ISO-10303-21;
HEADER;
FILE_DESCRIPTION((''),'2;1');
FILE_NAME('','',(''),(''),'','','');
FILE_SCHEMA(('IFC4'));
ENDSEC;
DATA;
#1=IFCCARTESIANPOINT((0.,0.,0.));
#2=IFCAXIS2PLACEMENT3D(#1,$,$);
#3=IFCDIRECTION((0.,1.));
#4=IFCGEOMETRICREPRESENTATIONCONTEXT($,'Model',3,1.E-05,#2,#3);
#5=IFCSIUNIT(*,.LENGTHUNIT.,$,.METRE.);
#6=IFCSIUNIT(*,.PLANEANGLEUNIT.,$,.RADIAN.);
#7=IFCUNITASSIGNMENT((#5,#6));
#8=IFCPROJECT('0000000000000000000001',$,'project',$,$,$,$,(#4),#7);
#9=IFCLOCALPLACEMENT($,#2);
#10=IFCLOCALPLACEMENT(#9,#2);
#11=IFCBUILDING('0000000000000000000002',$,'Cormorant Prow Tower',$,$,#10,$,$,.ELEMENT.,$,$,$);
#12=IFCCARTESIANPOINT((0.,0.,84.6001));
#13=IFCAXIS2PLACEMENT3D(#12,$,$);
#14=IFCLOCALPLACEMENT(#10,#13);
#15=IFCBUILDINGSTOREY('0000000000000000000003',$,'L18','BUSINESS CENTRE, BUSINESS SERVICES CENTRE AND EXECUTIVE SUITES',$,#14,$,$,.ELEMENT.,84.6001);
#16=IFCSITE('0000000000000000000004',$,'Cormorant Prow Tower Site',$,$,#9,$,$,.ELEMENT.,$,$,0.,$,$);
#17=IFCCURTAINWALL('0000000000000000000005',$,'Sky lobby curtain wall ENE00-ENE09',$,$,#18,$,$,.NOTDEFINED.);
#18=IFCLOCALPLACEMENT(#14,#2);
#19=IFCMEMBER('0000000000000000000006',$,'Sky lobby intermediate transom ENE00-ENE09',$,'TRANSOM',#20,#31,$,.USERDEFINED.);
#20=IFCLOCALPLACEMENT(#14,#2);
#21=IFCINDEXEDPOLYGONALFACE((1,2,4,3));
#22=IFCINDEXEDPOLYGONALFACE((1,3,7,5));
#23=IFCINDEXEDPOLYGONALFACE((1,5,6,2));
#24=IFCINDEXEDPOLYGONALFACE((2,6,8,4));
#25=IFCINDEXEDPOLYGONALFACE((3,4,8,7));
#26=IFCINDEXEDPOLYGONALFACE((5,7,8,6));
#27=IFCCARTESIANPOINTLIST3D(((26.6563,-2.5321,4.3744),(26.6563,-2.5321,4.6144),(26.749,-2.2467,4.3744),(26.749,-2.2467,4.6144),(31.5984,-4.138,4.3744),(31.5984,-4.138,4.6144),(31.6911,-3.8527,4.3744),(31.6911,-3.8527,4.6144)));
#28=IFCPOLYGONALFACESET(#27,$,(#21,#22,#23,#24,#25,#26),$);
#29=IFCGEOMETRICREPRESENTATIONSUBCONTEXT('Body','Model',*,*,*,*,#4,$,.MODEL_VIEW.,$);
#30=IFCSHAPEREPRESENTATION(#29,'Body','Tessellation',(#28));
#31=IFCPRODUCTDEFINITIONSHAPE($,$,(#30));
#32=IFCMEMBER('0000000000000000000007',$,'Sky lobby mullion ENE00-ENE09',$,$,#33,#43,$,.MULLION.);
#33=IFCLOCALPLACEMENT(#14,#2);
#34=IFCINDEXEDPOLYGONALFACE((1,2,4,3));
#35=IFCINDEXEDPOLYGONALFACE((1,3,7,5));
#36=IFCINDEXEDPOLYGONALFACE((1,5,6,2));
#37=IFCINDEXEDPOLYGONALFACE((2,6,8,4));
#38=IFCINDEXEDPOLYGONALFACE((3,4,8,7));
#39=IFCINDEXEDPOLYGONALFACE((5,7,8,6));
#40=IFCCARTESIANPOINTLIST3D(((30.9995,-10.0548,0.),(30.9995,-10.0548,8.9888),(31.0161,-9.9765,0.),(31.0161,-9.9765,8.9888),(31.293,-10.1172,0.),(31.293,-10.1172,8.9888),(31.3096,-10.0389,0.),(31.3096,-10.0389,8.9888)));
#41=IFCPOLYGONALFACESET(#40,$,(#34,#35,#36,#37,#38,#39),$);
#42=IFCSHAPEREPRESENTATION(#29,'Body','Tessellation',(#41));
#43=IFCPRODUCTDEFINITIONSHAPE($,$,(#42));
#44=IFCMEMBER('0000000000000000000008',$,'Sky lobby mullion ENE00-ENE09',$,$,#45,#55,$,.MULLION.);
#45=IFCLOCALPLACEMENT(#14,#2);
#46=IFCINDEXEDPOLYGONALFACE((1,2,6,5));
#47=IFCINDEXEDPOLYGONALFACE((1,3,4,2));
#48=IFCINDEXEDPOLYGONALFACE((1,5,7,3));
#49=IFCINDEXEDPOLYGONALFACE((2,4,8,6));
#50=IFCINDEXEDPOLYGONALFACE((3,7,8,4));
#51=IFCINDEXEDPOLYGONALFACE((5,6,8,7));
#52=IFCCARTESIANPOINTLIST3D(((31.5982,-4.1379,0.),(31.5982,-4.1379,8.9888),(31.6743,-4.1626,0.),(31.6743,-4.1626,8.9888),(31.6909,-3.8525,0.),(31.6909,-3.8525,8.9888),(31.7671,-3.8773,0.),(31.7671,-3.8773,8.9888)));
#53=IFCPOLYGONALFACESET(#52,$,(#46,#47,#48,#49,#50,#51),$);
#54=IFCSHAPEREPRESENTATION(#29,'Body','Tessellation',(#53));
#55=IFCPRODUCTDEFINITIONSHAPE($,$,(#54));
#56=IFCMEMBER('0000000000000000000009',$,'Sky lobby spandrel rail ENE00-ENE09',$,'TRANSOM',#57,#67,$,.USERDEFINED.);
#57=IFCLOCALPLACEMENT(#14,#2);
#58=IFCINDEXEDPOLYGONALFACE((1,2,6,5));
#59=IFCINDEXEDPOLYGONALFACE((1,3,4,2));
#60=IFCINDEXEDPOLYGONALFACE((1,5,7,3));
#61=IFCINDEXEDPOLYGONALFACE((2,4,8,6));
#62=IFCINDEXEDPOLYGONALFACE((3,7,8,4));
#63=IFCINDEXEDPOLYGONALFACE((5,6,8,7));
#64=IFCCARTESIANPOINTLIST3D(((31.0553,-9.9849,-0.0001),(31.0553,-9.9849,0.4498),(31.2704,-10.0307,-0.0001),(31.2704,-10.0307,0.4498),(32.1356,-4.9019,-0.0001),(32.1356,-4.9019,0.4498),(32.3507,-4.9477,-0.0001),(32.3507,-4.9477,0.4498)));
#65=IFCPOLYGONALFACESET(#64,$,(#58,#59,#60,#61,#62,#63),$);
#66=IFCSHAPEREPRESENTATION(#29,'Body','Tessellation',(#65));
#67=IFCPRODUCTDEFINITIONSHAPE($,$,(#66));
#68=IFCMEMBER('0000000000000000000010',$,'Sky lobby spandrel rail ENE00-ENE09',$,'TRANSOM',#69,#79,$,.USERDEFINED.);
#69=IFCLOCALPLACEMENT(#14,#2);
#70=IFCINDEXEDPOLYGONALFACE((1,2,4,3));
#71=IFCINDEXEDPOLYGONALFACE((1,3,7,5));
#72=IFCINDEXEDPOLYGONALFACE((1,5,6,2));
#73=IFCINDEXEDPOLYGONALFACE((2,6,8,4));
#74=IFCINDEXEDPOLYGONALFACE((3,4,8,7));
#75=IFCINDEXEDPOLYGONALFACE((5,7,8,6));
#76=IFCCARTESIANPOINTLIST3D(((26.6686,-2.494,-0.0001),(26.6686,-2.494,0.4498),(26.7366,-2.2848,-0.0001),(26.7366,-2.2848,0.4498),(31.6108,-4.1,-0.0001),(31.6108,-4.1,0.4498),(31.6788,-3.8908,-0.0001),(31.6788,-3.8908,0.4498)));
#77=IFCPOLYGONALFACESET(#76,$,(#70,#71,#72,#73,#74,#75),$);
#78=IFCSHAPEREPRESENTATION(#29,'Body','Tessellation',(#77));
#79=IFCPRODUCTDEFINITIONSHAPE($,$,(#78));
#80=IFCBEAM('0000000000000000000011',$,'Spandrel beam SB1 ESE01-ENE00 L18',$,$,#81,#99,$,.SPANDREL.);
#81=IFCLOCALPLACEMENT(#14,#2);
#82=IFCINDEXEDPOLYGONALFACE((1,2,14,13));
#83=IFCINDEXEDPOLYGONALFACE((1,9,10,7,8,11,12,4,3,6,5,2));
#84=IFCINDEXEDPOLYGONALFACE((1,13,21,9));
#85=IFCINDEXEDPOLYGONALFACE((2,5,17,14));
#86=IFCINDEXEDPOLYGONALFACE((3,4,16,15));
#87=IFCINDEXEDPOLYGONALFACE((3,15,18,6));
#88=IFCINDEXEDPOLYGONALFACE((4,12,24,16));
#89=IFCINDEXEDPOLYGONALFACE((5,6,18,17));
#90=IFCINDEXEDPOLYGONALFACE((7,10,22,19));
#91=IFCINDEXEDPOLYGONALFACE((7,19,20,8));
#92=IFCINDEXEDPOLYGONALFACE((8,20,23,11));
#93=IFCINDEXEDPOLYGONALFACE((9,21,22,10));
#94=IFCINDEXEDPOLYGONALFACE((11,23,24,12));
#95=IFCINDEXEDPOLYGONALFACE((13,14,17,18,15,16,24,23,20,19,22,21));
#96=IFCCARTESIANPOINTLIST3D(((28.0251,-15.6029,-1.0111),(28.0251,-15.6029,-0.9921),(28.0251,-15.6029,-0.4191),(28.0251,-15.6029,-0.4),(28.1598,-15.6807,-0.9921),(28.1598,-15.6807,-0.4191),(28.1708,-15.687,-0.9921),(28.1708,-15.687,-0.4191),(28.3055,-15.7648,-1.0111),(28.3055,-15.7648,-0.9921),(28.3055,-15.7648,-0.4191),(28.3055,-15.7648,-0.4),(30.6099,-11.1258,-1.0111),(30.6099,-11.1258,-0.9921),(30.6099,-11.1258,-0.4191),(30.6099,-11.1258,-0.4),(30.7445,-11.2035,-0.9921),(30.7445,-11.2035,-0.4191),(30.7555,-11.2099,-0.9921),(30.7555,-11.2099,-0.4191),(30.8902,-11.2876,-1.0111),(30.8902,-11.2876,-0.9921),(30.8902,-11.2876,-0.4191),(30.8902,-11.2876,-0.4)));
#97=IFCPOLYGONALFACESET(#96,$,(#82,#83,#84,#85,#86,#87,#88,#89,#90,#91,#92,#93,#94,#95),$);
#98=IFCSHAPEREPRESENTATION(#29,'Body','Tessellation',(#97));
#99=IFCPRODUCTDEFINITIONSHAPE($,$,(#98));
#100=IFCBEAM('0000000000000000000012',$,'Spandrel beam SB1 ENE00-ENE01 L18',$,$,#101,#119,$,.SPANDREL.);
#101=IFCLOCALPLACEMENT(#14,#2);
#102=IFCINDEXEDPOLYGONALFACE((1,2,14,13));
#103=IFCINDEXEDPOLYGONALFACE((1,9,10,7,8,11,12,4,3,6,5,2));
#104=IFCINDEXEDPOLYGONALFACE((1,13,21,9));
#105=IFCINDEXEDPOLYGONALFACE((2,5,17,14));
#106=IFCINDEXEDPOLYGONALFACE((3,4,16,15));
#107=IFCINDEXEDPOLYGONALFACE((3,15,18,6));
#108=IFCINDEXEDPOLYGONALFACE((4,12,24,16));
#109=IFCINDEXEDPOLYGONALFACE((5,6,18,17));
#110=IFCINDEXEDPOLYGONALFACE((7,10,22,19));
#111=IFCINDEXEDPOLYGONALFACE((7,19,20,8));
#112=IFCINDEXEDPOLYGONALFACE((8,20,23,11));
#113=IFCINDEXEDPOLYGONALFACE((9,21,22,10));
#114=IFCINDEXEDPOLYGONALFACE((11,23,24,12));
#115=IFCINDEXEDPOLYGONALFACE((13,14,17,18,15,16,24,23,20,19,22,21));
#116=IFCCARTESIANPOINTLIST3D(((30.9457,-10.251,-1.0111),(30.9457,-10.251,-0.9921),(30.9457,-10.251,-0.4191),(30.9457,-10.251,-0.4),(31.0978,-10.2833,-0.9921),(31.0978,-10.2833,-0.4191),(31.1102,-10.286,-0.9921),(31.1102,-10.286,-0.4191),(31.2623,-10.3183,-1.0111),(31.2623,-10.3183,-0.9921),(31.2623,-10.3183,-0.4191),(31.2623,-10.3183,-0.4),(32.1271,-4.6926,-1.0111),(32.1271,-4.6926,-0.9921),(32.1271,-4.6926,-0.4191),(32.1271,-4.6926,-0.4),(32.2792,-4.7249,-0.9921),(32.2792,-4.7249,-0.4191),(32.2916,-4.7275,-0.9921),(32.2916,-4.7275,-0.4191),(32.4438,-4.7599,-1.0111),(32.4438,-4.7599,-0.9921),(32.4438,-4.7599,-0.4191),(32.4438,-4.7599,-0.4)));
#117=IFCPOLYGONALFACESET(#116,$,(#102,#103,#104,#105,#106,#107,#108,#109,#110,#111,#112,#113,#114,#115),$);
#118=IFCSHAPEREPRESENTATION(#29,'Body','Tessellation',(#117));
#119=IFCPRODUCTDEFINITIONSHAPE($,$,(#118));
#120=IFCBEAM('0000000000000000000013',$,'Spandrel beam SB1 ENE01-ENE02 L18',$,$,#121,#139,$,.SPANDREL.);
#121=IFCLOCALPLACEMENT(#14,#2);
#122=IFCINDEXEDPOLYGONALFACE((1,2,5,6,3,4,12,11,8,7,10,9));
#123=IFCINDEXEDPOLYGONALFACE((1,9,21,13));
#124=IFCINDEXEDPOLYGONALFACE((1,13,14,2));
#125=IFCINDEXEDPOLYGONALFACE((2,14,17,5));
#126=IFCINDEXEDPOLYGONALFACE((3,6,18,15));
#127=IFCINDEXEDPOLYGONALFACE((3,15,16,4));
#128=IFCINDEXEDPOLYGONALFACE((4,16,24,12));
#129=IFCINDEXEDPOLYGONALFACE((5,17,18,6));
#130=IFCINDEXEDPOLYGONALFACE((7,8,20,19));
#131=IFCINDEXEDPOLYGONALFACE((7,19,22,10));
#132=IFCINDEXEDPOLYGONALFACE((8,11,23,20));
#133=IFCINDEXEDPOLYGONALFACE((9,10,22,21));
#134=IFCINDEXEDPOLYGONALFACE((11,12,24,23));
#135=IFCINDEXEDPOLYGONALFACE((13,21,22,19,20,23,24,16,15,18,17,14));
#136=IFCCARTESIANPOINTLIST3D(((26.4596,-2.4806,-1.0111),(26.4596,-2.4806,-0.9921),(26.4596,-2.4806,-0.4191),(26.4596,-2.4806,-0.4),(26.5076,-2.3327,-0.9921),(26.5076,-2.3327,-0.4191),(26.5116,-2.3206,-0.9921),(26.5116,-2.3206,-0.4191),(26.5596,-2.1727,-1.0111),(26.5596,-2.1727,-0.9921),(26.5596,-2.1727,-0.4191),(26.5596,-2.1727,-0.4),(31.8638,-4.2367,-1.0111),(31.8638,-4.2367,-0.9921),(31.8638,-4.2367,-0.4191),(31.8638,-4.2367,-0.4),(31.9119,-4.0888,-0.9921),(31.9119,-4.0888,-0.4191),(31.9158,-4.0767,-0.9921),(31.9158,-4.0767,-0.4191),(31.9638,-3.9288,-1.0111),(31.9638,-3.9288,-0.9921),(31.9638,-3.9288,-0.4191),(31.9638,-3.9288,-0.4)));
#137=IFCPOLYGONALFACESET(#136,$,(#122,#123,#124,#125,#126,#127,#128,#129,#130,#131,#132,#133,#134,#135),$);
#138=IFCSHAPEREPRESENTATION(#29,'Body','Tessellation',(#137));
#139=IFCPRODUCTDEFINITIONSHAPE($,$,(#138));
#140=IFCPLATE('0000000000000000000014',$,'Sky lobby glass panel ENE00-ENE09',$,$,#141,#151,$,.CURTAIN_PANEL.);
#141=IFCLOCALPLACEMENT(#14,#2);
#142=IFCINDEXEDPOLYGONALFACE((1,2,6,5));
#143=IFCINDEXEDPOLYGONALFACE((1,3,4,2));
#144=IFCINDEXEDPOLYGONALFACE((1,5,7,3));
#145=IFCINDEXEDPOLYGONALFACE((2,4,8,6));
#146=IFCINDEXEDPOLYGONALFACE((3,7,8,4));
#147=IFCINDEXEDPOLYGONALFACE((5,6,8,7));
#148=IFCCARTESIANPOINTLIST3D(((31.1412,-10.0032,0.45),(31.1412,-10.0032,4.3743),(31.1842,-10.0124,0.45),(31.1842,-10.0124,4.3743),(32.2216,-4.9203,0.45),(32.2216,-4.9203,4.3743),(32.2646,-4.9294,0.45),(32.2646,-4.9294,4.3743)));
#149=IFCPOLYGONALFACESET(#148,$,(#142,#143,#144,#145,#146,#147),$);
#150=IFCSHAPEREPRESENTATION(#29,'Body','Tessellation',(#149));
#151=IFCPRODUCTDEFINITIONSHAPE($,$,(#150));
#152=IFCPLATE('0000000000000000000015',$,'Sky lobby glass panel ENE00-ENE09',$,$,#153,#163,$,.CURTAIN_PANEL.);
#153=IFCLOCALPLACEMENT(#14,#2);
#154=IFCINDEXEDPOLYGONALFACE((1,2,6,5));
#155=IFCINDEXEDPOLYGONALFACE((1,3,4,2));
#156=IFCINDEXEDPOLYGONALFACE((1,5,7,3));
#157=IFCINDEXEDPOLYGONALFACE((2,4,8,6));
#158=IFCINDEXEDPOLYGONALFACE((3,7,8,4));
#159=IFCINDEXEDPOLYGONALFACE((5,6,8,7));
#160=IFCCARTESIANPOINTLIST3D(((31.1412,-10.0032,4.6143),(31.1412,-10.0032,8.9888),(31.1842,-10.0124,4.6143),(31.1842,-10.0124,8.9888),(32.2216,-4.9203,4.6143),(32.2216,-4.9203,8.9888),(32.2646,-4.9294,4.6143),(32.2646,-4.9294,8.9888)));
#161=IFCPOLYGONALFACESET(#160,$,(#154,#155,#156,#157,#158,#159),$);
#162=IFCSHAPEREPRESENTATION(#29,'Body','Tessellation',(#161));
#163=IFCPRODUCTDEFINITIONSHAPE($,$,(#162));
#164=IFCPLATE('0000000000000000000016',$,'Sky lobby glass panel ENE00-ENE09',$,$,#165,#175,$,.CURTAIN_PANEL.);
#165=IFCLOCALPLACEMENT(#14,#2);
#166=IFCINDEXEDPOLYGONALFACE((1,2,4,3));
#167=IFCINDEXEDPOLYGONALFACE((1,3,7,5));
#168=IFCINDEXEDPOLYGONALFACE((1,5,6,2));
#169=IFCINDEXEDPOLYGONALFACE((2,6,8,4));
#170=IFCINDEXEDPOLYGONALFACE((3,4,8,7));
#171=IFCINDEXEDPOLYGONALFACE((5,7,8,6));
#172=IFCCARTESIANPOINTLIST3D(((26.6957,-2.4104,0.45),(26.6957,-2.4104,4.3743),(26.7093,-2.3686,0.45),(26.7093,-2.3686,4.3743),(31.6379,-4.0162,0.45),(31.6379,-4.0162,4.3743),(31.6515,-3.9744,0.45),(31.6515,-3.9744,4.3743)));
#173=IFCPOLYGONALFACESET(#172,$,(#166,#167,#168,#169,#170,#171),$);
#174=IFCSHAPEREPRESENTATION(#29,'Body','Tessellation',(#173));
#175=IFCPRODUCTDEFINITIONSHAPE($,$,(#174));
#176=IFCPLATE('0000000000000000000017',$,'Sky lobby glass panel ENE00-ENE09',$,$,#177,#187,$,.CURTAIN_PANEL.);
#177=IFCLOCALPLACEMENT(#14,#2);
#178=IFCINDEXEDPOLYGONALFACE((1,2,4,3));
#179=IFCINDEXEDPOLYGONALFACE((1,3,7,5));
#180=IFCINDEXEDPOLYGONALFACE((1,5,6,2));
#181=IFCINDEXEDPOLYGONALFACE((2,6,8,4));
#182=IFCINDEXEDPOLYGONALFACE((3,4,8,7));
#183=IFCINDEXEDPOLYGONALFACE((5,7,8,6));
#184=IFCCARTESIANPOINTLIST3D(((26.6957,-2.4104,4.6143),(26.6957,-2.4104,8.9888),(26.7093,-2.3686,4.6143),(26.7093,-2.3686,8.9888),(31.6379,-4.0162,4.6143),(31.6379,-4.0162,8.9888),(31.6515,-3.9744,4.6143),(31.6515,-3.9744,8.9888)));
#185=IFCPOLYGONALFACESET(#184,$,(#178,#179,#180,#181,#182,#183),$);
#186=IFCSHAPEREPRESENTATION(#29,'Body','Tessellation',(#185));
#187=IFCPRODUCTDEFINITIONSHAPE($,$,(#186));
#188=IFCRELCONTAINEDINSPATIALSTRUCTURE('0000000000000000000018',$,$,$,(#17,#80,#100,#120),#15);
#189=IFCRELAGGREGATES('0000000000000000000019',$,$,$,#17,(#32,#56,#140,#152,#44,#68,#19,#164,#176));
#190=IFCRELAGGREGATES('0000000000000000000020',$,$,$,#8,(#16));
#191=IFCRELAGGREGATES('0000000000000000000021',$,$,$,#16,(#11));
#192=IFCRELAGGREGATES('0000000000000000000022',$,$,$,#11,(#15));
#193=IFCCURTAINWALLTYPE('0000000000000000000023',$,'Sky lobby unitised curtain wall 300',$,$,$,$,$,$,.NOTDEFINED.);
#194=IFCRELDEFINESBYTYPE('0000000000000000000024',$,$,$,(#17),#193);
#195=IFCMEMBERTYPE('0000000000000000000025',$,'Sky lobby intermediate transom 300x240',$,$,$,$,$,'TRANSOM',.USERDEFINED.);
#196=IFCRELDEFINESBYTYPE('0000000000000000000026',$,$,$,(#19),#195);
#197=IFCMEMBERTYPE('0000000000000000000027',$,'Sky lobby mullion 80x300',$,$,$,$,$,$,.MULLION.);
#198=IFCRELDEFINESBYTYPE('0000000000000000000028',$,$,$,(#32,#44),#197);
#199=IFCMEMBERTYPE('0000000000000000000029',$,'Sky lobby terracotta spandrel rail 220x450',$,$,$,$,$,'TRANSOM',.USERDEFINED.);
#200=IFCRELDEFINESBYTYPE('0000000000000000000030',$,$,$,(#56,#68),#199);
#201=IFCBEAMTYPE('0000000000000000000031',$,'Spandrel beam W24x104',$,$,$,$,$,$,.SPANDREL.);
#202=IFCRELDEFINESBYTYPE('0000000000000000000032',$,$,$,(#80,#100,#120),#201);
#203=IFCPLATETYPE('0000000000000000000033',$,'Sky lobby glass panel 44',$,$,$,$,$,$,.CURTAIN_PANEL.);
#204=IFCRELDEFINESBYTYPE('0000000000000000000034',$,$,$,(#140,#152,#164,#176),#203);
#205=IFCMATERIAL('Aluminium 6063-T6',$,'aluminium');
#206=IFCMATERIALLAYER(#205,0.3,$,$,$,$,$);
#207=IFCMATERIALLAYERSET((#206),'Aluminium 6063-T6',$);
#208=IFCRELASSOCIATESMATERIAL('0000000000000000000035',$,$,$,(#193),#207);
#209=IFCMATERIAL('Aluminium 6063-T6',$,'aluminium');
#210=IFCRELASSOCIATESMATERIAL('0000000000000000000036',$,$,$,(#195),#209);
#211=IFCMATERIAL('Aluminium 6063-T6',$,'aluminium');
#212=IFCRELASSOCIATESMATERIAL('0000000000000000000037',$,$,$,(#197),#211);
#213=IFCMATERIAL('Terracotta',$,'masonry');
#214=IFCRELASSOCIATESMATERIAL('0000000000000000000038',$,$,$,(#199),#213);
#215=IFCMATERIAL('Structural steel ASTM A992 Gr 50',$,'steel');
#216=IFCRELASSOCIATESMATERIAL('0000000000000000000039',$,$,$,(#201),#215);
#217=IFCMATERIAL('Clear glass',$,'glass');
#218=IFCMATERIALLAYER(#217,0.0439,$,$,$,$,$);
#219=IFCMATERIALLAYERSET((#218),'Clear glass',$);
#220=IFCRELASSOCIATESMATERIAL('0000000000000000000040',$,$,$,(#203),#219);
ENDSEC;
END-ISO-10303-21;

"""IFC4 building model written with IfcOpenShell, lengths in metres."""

from ifc_helpers import new_model, si_unit, direction, frame, origin, origin_2d, place, context, subcontext, project, spatial, rectangle, i_section, extrude, material, layer, layer_set, material_profile, profile_set, type_object, element, aggregate, save


model = new_model("IFC4")

# Units and contexts
model_context = context("Model", 3, precision=1e-05, world=origin(), true_north=direction((0.0, 1.0)))
body_context = subcontext(model_context, "Body", "Model", "MODEL_VIEW")
ifc_project = project(units=[si_unit("LENGTHUNIT", "METRE"), si_unit("PLANEANGLEUNIT", "RADIAN")], contexts=[model_context])

# Site, building, storey
site_placement = place(None, origin())
site = spatial("IfcSite", under=ifc_project, at=site_placement, Name="Cormorant Prow Tower Site", CompositionType="ELEMENT", RefElevation=0.0)
building_placement = place(site_placement, origin())
building = spatial("IfcBuilding", under=site, at=building_placement, Name="Cormorant Prow Tower", CompositionType="ELEMENT")
storey_placement = place(building_placement, frame((0.0, 0.0, 84.6001)))
storey = spatial("IfcBuildingStorey", under=building, at=storey_placement, Name="L18", Description="BUSINESS CENTRE, BUSINESS SERVICES CENTRE AND EXECUTIVE SUITES", CompositionType="ELEMENT", Elevation=84.6001)

# Curtain wall, members
ifc_material_1 = material(Name="Aluminium 6063-T6", Category="aluminium")
ifc_layer_1 = layer(ifc_material_1, 0.3)
ifc_layer_set_1 = layer_set([ifc_layer_1], Name="Aluminium 6063-T6")
curtain_wall_type = type_object("IfcCurtainWallType", Name="Sky lobby unitised curtain wall 300", PredefinedType="NOTDEFINED", material=ifc_layer_set_1)
curtain_wall_placement = place(storey_placement, origin())
curtain_wall = element("IfcCurtainWall", 1, at=curtain_wall_placement, inside=storey, type_object=curtain_wall_type, Name="Sky lobby curtain wall ENE00-ENE09", PredefinedType="NOTDEFINED")
ifc_material_2 = material(Name="Aluminium 6063-T6", Category="aluminium")
ifc_material_profile_1 = material_profile(ifc_material_2, rectangle(XDim=0.3, YDim=0.24, at=origin_2d()), Name="Sky lobby intermediate transom 300x240")
ifc_profile_set_1 = profile_set([ifc_material_profile_1], Name="Aluminium 6063-T6")
member_type_1 = type_object("IfcMemberType", Name="Sky lobby intermediate transom 300x240", ElementType="TRANSOM", PredefinedType="USERDEFINED", material=ifc_profile_set_1)
member_1_placement = place(storey_placement, frame((31.6448, -3.9954, 4.4944), z_axis=(-0.951048, 0.309045, 0.0), x_axis=(-0.309045, -0.951048, 0.0)))
member_1 = element("IfcMember", 2, at=member_1_placement, type_object=member_type_1, Name="Sky lobby intermediate transom ENE00-ENE09", ObjectType="TRANSOM", PredefinedType="USERDEFINED", context=body_context, shape_type="SweptSolid", body=[
    extrude(rectangle(XDim=0.3, YDim=0.24, at=origin_2d()), origin(), (0.0, 0.0, 1.0), 5.1965),
])
ifc_material_3 = material(Name="Aluminium 6063-T6", Category="aluminium")
ifc_material_profile_2 = material_profile(ifc_material_3, rectangle(XDim=0.3, YDim=0.0801, at=origin_2d()), Name="Sky lobby mullion 80x300")
ifc_profile_set_2 = profile_set([ifc_material_profile_2], Name="Aluminium 6063-T6")
member_type_2 = type_object("IfcMemberType", Name="Sky lobby mullion 80x300", PredefinedType="MULLION", material=ifc_profile_set_2)
member_2_placement = place(storey_placement, frame((31.1545, -10.0469, 0.0), z_axis=(0.0, 0.0, 1.0), x_axis=(-0.978148, 0.207912, 0.0)))
member_2 = element("IfcMember", 3, at=member_2_placement, type_object=member_type_2, Name="Sky lobby mullion ENE00-ENE09", PredefinedType="MULLION", context=body_context, shape_type="SweptSolid", body=[
    extrude(rectangle(XDim=0.3, YDim=0.0801, at=origin_2d()), origin(), (0.0, 0.0, 1.0), 8.9888),
])
member_3_placement = place(storey_placement, frame((31.6826, -4.0076, 0.0), z_axis=(0.0, 0.0, 1.0), x_axis=(-0.309017, -0.951057, 0.0)))
member_3 = element("IfcMember", 4, at=member_3_placement, type_object=member_type_2, Name="Sky lobby mullion ENE00-ENE09", PredefinedType="MULLION", context=body_context, shape_type="SweptSolid", body=[
    extrude(rectangle(XDim=0.3, YDim=0.0801, at=origin_2d()), origin(), (0.0, 0.0, 1.0), 8.9888),
])
ifc_material_4 = material(Name="Terracotta", Category="masonry")
ifc_material_profile_3 = material_profile(ifc_material_4, rectangle(XDim=0.22, YDim=0.45, at=origin_2d()), Name="Sky lobby terracotta spandrel rail 220x450")
ifc_profile_set_3 = profile_set([ifc_material_profile_3], Name="Terracotta")
member_type_3 = type_object("IfcMemberType", Name="Sky lobby terracotta spandrel rail 220x450", ElementType="TRANSOM", PredefinedType="USERDEFINED", material=ifc_profile_set_3)
member_4_placement = place(storey_placement, frame((31.1628, -10.0078, 0.2249), z_axis=(0.207892, 0.978152, 0.0), x_axis=(-0.978152, 0.207892, 0.0)))
member_4 = element("IfcMember", 5, at=member_4_placement, type_object=member_type_3, Name="Sky lobby spandrel rail ENE00-ENE09", ObjectType="TRANSOM", PredefinedType="USERDEFINED", context=body_context, shape_type="SweptSolid", body=[
    extrude(rectangle(XDim=0.22, YDim=0.45, at=origin_2d()), origin(), (0.0, 0.0, 1.0), 5.1965),
])
member_5_placement = place(storey_placement, frame((31.6448, -3.9954, 0.2249), z_axis=(-0.951048, 0.309045, 0.0), x_axis=(-0.309045, -0.951048, 0.0)))
member_5 = element("IfcMember", 6, at=member_5_placement, type_object=member_type_3, Name="Sky lobby spandrel rail ENE00-ENE09", ObjectType="TRANSOM", PredefinedType="USERDEFINED", context=body_context, shape_type="SweptSolid", body=[
    extrude(rectangle(XDim=0.22, YDim=0.45, at=origin_2d()), origin(), (0.0, 0.0, 1.0), 5.1965),
])

# Beams
ifc_material_5 = material(Name="Structural steel ASTM A992 Gr 50", Category="steel")
ifc_material_profile_4 = material_profile(ifc_material_5, i_section(OverallWidth=0.3237, OverallDepth=0.6111, WebThickness=0.0127, FlangeThickness=0.019, at=origin_2d()), Name="W24x104")
ifc_profile_set_4 = profile_set([ifc_material_profile_4], Name="Structural steel ASTM A992 Gr 50")
beam_type_1 = type_object("IfcBeamType", Name="Spandrel beam W24x104", PredefinedType="SPANDREL", material=ifc_profile_set_4)
beam_1_placement = place(storey_placement, frame((28.1653, -15.6838, -0.7056), z_axis=(0.499984, 0.866035, 0.0), x_axis=(-0.866035, 0.499984, 0.0)))
element("IfcBeam", 7, at=beam_1_placement, inside=storey, type_object=beam_type_1, Name="Spandrel beam SB1 ESE01-ENE00 L18", PredefinedType="SPANDREL", context=body_context, shape_type="SweptSolid", body=[
    extrude(i_section(OverallWidth=0.3237, OverallDepth=0.6111, WebThickness=0.0127, FlangeThickness=0.019, at=origin_2d()), origin(), (0.0, 0.0, 1.0), 5.1697),
])
beam_2_placement = place(storey_placement, frame((31.104, -10.2847, -0.7056), z_axis=(0.2079, 0.97815, 0.0), x_axis=(-0.97815, 0.2079, 0.0)))
element("IfcBeam", 8, at=beam_2_placement, inside=storey, type_object=beam_type_1, Name="Spandrel beam SB1 ENE00-ENE01 L18", PredefinedType="SPANDREL", context=body_context, shape_type="SweptSolid", body=[
    extrude(i_section(OverallWidth=0.3237, OverallDepth=0.6111, WebThickness=0.0127, FlangeThickness=0.019, at=origin_2d()), origin(), (0.0, 0.0, 1.0), 5.6826),
])
beam_3_placement = place(storey_placement, frame((31.9138, -4.0828, -0.7056), z_axis=(-0.951049, 0.309039, 0.0), x_axis=(-0.309039, -0.951049, 0.0)))
element("IfcBeam", 9, at=beam_3_placement, inside=storey, type_object=beam_type_1, Name="Spandrel beam SB1 ENE01-ENE02 L18", PredefinedType="SPANDREL", context=body_context, shape_type="SweptSolid", body=[
    extrude(i_section(OverallWidth=0.3237, OverallDepth=0.6111, WebThickness=0.0127, FlangeThickness=0.019, at=origin_2d()), origin(), (0.0, 0.0, 1.0), 5.6824),
])

# Plates
ifc_material_6 = material(Name="Clear glass", Category="glass")
ifc_layer_2 = layer(ifc_material_6, 0.0439)
ifc_layer_set_2 = layer_set([ifc_layer_2], Name="Clear glass")
plate_type = type_object("IfcPlateType", Name="Sky lobby glass panel 44", PredefinedType="CURTAIN_PANEL", material=ifc_layer_set_2)
plate_1_placement = place(storey_placement, frame((31.7029, -7.4663, 0.45), z_axis=(0.0, 0.0, 1.0), x_axis=(0.207912, 0.978148, 0.0)))
plate_1 = element("IfcPlate", 10, at=plate_1_placement, type_object=plate_type, Name="Sky lobby glass panel ENE00-ENE09", PredefinedType="CURTAIN_PANEL", context=body_context, shape_type="SweptSolid", body=[
    extrude(rectangle(XDim=5.1965, YDim=0.0439, at=origin_2d()), origin(), (0.0, 0.0, 1.0), 3.9243),
])
plate_2_placement = place(storey_placement, frame((31.7029, -7.4663, 4.6143), z_axis=(0.0, 0.0, 1.0), x_axis=(0.207912, 0.978148, 0.0)))
plate_2 = element("IfcPlate", 11, at=plate_2_placement, type_object=plate_type, Name="Sky lobby glass panel ENE00-ENE09", PredefinedType="CURTAIN_PANEL", context=body_context, shape_type="SweptSolid", body=[
    extrude(rectangle(XDim=5.1965, YDim=0.0439, at=origin_2d()), origin(), (0.0, 0.0, 1.0), 4.3745),
])
plate_3_placement = place(storey_placement, frame((29.1736, -3.1924, 0.45), z_axis=(0.0, 0.0, 1.0), x_axis=(-0.951057, 0.309017, 0.0)))
plate_3 = element("IfcPlate", 12, at=plate_3_placement, type_object=plate_type, Name="Sky lobby glass panel ENE00-ENE09", PredefinedType="CURTAIN_PANEL", context=body_context, shape_type="SweptSolid", body=[
    extrude(rectangle(XDim=5.1965, YDim=0.0439, at=origin_2d()), origin(), (0.0, 0.0, 1.0), 3.9243),
])
plate_4_placement = place(storey_placement, frame((29.1736, -3.1924, 4.6143), z_axis=(0.0, 0.0, 1.0), x_axis=(-0.951057, 0.309017, 0.0)))
plate_4 = element("IfcPlate", 13, at=plate_4_placement, type_object=plate_type, Name="Sky lobby glass panel ENE00-ENE09", PredefinedType="CURTAIN_PANEL", context=body_context, shape_type="SweptSolid", body=[
    extrude(rectangle(XDim=5.1965, YDim=0.0439, at=origin_2d()), origin(), (0.0, 0.0, 1.0), 4.3745),
])
aggregate(curtain_wall, [member_2, member_4, plate_1, plate_2, member_3, member_5, member_1, plate_3, plate_4])

save(model, "model.ifc")
